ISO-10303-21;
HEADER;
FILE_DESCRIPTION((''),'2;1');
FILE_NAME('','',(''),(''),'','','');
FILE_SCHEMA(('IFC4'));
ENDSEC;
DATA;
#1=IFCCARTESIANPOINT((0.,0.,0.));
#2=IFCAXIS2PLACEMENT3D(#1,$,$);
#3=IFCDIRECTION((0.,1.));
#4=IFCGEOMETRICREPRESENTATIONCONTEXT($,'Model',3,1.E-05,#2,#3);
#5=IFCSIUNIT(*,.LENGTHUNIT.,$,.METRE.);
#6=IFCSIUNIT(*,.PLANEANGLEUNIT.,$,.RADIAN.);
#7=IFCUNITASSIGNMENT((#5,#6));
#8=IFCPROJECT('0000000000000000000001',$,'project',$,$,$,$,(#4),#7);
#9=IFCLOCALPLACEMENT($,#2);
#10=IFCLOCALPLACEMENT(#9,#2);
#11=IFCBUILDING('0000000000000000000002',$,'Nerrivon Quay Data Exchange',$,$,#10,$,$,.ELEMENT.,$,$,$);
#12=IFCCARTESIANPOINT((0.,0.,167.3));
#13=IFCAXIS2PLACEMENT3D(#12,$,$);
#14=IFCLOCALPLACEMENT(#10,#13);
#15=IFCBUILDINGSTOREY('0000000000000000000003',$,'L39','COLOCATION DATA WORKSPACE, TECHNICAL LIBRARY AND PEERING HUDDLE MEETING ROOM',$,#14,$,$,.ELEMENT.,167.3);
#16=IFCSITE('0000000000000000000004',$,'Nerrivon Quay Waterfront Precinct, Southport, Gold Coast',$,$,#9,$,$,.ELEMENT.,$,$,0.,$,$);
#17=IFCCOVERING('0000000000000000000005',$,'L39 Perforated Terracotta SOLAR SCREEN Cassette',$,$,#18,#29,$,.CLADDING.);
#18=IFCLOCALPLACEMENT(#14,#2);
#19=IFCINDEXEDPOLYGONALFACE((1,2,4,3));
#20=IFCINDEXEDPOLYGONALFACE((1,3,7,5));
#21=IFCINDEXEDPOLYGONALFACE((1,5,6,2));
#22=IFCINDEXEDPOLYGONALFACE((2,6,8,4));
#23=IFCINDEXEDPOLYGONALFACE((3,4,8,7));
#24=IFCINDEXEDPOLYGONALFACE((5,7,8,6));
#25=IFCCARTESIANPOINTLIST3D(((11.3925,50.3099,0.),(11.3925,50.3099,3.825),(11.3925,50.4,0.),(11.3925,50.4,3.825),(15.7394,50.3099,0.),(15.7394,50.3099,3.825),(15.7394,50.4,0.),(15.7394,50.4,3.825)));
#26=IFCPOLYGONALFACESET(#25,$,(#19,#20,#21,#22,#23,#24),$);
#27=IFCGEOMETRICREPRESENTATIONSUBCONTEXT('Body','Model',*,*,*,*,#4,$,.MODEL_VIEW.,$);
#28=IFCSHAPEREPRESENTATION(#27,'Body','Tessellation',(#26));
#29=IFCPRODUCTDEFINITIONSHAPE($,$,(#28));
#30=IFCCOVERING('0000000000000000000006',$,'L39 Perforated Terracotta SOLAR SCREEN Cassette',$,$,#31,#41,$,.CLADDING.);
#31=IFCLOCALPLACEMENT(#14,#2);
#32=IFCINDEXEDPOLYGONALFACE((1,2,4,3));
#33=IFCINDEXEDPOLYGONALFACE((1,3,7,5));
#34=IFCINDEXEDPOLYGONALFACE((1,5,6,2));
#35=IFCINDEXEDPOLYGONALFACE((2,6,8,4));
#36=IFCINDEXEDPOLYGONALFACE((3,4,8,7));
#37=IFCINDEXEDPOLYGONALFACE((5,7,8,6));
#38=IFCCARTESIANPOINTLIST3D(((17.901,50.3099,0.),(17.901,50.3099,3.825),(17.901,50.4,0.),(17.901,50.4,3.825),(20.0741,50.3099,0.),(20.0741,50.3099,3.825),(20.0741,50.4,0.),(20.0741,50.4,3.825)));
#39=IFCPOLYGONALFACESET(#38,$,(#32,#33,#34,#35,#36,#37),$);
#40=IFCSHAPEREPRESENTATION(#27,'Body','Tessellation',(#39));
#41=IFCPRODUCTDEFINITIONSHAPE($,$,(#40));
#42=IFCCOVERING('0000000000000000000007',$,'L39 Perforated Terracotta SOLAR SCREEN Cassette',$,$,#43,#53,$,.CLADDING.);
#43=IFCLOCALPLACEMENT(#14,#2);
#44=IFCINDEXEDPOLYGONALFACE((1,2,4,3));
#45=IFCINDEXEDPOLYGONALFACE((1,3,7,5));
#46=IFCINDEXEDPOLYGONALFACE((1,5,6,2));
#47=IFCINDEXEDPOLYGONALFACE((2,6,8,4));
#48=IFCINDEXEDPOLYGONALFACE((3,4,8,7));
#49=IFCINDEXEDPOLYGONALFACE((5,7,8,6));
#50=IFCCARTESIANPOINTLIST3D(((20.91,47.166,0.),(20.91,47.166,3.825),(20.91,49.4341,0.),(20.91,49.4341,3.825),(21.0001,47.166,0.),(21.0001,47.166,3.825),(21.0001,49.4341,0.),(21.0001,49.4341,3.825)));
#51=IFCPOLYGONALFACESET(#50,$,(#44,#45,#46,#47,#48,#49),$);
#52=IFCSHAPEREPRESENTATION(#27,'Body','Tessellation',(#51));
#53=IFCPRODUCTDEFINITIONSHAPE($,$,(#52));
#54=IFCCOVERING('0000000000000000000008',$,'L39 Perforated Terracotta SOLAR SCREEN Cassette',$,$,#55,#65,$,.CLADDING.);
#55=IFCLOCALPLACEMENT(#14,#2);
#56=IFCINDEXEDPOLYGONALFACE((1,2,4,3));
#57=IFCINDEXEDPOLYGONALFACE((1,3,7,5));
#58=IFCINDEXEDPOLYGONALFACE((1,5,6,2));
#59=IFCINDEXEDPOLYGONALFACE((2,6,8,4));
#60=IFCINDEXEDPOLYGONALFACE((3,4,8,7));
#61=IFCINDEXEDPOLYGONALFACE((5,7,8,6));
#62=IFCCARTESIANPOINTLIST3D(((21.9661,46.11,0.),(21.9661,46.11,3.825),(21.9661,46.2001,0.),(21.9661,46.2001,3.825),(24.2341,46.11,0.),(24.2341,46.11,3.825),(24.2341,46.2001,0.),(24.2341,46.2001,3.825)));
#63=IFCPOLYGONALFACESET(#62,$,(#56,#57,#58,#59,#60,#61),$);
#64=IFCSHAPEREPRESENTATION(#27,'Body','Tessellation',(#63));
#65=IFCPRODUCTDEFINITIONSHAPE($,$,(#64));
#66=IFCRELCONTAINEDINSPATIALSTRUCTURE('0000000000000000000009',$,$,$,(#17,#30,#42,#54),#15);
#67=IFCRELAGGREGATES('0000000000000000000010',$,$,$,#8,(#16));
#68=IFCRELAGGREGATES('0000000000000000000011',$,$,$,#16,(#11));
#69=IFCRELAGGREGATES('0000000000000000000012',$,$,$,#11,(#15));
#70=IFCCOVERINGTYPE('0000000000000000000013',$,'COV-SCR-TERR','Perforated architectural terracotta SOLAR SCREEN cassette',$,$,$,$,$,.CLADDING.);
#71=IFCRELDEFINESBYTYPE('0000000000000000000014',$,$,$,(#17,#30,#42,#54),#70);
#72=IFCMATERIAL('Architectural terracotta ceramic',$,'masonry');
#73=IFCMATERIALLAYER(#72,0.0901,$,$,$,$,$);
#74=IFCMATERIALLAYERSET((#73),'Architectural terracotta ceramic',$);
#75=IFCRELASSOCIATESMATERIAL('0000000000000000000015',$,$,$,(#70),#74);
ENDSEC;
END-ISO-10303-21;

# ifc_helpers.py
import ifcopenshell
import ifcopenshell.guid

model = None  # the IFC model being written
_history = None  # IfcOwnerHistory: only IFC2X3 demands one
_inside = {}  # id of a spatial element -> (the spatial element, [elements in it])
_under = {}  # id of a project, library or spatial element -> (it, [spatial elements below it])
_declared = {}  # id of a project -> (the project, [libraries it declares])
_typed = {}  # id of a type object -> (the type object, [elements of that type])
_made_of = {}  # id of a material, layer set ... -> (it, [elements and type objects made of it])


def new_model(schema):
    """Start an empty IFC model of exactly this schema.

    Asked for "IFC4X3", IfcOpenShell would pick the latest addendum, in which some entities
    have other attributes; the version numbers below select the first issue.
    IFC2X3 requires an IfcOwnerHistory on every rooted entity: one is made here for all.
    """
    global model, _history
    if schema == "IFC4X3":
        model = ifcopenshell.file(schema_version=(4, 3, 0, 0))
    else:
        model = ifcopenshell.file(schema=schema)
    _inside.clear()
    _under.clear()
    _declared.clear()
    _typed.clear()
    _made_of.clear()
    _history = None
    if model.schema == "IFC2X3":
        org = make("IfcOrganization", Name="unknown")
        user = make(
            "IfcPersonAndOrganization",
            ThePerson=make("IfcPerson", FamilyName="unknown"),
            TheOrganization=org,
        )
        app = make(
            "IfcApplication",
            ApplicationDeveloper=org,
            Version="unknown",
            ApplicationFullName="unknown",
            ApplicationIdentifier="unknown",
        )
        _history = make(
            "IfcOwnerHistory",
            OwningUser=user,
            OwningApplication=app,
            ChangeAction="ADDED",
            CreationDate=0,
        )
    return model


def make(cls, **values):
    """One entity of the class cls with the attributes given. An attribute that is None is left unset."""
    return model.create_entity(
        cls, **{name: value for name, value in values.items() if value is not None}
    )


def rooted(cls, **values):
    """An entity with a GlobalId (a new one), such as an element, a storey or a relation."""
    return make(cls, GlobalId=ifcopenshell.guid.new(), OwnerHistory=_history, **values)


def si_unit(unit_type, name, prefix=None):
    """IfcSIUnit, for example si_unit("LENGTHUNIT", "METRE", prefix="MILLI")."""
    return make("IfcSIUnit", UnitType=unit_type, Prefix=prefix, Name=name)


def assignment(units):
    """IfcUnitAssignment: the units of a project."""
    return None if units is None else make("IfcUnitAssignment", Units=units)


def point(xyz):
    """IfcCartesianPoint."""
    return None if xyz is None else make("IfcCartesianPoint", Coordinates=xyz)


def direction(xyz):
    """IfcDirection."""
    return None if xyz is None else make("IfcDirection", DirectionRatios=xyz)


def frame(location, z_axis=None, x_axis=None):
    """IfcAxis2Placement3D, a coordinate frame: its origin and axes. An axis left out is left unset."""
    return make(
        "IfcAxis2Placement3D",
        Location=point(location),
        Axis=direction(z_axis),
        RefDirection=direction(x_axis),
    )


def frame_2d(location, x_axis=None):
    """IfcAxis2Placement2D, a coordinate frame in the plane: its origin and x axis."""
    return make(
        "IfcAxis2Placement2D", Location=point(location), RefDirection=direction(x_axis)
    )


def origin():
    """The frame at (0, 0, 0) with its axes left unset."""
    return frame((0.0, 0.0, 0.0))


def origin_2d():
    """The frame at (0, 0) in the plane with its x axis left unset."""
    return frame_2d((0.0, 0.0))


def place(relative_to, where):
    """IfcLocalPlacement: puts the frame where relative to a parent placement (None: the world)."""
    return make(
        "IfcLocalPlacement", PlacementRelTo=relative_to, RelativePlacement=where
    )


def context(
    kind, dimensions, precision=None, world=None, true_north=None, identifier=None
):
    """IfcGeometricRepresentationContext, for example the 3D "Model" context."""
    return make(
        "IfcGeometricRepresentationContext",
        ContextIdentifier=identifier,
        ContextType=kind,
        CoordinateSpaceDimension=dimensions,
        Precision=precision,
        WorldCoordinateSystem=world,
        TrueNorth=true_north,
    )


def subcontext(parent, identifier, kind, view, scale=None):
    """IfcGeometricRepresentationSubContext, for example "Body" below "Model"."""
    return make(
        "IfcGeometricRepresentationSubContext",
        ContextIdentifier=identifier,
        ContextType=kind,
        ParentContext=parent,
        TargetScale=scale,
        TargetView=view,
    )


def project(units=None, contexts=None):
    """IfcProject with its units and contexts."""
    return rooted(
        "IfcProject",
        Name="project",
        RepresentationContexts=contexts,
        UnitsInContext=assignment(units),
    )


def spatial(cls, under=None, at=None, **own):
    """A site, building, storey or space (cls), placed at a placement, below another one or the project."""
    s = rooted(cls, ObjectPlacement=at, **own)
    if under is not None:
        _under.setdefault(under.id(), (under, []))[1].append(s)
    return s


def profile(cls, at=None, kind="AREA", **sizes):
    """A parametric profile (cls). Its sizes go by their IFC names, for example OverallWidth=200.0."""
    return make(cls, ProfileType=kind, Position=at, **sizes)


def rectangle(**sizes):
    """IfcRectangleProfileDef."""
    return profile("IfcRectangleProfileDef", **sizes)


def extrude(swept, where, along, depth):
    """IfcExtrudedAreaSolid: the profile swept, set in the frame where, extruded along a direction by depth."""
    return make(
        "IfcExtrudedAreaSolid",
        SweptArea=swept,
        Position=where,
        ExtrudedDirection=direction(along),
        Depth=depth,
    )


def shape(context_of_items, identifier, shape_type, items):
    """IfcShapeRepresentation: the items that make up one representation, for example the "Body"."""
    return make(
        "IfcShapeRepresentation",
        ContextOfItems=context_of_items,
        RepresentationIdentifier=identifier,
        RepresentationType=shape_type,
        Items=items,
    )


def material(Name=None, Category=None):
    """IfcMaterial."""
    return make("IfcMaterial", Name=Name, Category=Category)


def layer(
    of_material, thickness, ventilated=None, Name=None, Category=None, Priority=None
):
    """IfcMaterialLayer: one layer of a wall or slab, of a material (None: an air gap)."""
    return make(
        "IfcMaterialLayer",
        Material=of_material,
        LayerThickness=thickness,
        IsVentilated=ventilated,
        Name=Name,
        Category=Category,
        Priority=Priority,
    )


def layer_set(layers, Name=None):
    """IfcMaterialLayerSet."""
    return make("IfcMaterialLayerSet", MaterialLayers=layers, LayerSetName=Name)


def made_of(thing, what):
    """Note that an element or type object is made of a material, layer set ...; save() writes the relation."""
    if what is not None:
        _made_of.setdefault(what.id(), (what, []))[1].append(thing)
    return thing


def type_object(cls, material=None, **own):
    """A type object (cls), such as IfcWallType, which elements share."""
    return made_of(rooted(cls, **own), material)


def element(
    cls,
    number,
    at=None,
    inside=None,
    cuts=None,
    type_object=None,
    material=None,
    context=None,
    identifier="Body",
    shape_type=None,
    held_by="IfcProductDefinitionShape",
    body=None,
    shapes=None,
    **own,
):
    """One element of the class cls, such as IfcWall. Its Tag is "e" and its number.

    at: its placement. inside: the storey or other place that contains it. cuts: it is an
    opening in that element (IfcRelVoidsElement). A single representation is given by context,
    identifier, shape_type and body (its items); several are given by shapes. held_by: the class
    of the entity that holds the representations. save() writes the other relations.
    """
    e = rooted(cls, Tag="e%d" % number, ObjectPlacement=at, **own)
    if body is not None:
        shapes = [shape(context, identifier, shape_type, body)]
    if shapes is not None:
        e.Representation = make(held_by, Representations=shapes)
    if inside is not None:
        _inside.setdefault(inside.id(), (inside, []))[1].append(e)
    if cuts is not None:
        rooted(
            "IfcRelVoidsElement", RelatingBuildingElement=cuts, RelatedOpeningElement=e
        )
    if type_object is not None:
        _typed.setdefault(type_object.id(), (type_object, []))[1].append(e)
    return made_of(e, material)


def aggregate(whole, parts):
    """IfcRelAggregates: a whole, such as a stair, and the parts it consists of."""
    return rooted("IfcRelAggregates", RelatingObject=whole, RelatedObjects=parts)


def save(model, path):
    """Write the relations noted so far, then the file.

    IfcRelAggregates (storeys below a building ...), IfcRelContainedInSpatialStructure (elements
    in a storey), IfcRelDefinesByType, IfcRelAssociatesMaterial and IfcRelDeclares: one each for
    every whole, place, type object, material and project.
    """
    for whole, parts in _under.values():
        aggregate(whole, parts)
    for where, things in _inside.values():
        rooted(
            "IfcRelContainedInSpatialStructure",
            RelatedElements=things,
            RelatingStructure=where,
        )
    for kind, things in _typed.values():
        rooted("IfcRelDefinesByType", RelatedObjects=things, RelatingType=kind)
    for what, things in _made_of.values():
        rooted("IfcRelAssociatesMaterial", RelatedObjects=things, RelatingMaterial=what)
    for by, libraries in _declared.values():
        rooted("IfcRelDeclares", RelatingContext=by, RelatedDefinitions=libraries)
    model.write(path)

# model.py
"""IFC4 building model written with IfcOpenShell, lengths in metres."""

from ifc_helpers import new_model, si_unit, direction, frame, origin, origin_2d, place, context, subcontext, project, spatial, rectangle, extrude, material, layer, layer_set, type_object, element, save


model = new_model("IFC4")

# Units and contexts
model_context = context("Model", 3, precision=1e-05, world=origin(), true_north=direction((0.0, 1.0)))
body_context = subcontext(model_context, "Body", "Model", "MODEL_VIEW")
ifc_project = project(units=[si_unit("LENGTHUNIT", "METRE"), si_unit("PLANEANGLEUNIT", "RADIAN")], contexts=[model_context])

# Site, building, storey
site_placement = place(None, origin())
site = spatial("IfcSite", under=ifc_project, at=site_placement, Name="Nerrivon Quay Waterfront Precinct, Southport, Gold Coast", CompositionType="ELEMENT", RefElevation=0.0)
building_placement = place(site_placement, origin())
building = spatial("IfcBuilding", under=site, at=building_placement, Name="Nerrivon Quay Data Exchange", CompositionType="ELEMENT")
storey_placement = place(building_placement, frame((0.0, 0.0, 167.3)))
storey = spatial("IfcBuildingStorey", under=building, at=storey_placement, Name="L39", Description="COLOCATION DATA WORKSPACE, TECHNICAL LIBRARY AND PEERING HUDDLE MEETING ROOM", CompositionType="ELEMENT", Elevation=167.3)

# Coverings
ifc_material_1 = material(Name="Architectural terracotta ceramic", Category="masonry")
ifc_layer_1 = layer(ifc_material_1, 0.0901)
ifc_layer_set_1 = layer_set([ifc_layer_1], Name="Architectural terracotta ceramic")
covering_type = type_object("IfcCoveringType", Name="COV-SCR-TERR", Description="Perforated architectural terracotta SOLAR SCREEN cassette", PredefinedType="CLADDING", material=ifc_layer_set_1)
covering_1_placement = place(storey_placement, frame((13.5659, 50.355, 0.0), z_axis=(0.0, 0.0, 1.0), x_axis=(1.0, 0.0, 0.0)))
element("IfcCovering", 1, at=covering_1_placement, inside=storey, type_object=covering_type, Name="L39 Perforated Terracotta SOLAR SCREEN Cassette", PredefinedType="CLADDING", context=body_context, shape_type="SweptSolid", body=[
    extrude(rectangle(XDim=4.3469, YDim=0.0901, at=origin_2d()), origin(), (0.0, 0.0, 1.0), 3.825),
])
covering_2_placement = place(storey_placement, frame((18.9875, 50.355, 0.0), z_axis=(0.0, 0.0, 1.0), x_axis=(1.0, 0.0, 0.0)))
element("IfcCovering", 2, at=covering_2_placement, inside=storey, type_object=covering_type, Name="L39 Perforated Terracotta SOLAR SCREEN Cassette", PredefinedType="CLADDING", context=body_context, shape_type="SweptSolid", body=[
    extrude(rectangle(XDim=2.1731, YDim=0.0901, at=origin_2d()), origin(), (0.0, 0.0, 1.0), 3.825),
])
for number, where, z_axis, x_axis, name in (
    (3, (20.9551, 48.3, 0.0), (0.0, 0.0, 1.0), (0.0, -1.0, 0.0), "L39 Perforated Terracotta SOLAR SCREEN Cassette"),
    (4, (23.1001, 46.155, 0.0), (0.0, 0.0, 1.0), (1.0, 0.0, 0.0), "L39 Perforated Terracotta SOLAR SCREEN Cassette"),
):
    element("IfcCovering", number, at=place(storey_placement, frame(where, z_axis=z_axis, x_axis=x_axis)), inside=storey, type_object=covering_type, Name=name, PredefinedType="CLADDING", context=body_context, shape_type="SweptSolid", body=[
        extrude(rectangle(XDim=2.2681, YDim=0.0901, at=origin_2d()), origin(), (0.0, 0.0, 1.0), 3.825),
    ])

save(model, "model.ifc")
